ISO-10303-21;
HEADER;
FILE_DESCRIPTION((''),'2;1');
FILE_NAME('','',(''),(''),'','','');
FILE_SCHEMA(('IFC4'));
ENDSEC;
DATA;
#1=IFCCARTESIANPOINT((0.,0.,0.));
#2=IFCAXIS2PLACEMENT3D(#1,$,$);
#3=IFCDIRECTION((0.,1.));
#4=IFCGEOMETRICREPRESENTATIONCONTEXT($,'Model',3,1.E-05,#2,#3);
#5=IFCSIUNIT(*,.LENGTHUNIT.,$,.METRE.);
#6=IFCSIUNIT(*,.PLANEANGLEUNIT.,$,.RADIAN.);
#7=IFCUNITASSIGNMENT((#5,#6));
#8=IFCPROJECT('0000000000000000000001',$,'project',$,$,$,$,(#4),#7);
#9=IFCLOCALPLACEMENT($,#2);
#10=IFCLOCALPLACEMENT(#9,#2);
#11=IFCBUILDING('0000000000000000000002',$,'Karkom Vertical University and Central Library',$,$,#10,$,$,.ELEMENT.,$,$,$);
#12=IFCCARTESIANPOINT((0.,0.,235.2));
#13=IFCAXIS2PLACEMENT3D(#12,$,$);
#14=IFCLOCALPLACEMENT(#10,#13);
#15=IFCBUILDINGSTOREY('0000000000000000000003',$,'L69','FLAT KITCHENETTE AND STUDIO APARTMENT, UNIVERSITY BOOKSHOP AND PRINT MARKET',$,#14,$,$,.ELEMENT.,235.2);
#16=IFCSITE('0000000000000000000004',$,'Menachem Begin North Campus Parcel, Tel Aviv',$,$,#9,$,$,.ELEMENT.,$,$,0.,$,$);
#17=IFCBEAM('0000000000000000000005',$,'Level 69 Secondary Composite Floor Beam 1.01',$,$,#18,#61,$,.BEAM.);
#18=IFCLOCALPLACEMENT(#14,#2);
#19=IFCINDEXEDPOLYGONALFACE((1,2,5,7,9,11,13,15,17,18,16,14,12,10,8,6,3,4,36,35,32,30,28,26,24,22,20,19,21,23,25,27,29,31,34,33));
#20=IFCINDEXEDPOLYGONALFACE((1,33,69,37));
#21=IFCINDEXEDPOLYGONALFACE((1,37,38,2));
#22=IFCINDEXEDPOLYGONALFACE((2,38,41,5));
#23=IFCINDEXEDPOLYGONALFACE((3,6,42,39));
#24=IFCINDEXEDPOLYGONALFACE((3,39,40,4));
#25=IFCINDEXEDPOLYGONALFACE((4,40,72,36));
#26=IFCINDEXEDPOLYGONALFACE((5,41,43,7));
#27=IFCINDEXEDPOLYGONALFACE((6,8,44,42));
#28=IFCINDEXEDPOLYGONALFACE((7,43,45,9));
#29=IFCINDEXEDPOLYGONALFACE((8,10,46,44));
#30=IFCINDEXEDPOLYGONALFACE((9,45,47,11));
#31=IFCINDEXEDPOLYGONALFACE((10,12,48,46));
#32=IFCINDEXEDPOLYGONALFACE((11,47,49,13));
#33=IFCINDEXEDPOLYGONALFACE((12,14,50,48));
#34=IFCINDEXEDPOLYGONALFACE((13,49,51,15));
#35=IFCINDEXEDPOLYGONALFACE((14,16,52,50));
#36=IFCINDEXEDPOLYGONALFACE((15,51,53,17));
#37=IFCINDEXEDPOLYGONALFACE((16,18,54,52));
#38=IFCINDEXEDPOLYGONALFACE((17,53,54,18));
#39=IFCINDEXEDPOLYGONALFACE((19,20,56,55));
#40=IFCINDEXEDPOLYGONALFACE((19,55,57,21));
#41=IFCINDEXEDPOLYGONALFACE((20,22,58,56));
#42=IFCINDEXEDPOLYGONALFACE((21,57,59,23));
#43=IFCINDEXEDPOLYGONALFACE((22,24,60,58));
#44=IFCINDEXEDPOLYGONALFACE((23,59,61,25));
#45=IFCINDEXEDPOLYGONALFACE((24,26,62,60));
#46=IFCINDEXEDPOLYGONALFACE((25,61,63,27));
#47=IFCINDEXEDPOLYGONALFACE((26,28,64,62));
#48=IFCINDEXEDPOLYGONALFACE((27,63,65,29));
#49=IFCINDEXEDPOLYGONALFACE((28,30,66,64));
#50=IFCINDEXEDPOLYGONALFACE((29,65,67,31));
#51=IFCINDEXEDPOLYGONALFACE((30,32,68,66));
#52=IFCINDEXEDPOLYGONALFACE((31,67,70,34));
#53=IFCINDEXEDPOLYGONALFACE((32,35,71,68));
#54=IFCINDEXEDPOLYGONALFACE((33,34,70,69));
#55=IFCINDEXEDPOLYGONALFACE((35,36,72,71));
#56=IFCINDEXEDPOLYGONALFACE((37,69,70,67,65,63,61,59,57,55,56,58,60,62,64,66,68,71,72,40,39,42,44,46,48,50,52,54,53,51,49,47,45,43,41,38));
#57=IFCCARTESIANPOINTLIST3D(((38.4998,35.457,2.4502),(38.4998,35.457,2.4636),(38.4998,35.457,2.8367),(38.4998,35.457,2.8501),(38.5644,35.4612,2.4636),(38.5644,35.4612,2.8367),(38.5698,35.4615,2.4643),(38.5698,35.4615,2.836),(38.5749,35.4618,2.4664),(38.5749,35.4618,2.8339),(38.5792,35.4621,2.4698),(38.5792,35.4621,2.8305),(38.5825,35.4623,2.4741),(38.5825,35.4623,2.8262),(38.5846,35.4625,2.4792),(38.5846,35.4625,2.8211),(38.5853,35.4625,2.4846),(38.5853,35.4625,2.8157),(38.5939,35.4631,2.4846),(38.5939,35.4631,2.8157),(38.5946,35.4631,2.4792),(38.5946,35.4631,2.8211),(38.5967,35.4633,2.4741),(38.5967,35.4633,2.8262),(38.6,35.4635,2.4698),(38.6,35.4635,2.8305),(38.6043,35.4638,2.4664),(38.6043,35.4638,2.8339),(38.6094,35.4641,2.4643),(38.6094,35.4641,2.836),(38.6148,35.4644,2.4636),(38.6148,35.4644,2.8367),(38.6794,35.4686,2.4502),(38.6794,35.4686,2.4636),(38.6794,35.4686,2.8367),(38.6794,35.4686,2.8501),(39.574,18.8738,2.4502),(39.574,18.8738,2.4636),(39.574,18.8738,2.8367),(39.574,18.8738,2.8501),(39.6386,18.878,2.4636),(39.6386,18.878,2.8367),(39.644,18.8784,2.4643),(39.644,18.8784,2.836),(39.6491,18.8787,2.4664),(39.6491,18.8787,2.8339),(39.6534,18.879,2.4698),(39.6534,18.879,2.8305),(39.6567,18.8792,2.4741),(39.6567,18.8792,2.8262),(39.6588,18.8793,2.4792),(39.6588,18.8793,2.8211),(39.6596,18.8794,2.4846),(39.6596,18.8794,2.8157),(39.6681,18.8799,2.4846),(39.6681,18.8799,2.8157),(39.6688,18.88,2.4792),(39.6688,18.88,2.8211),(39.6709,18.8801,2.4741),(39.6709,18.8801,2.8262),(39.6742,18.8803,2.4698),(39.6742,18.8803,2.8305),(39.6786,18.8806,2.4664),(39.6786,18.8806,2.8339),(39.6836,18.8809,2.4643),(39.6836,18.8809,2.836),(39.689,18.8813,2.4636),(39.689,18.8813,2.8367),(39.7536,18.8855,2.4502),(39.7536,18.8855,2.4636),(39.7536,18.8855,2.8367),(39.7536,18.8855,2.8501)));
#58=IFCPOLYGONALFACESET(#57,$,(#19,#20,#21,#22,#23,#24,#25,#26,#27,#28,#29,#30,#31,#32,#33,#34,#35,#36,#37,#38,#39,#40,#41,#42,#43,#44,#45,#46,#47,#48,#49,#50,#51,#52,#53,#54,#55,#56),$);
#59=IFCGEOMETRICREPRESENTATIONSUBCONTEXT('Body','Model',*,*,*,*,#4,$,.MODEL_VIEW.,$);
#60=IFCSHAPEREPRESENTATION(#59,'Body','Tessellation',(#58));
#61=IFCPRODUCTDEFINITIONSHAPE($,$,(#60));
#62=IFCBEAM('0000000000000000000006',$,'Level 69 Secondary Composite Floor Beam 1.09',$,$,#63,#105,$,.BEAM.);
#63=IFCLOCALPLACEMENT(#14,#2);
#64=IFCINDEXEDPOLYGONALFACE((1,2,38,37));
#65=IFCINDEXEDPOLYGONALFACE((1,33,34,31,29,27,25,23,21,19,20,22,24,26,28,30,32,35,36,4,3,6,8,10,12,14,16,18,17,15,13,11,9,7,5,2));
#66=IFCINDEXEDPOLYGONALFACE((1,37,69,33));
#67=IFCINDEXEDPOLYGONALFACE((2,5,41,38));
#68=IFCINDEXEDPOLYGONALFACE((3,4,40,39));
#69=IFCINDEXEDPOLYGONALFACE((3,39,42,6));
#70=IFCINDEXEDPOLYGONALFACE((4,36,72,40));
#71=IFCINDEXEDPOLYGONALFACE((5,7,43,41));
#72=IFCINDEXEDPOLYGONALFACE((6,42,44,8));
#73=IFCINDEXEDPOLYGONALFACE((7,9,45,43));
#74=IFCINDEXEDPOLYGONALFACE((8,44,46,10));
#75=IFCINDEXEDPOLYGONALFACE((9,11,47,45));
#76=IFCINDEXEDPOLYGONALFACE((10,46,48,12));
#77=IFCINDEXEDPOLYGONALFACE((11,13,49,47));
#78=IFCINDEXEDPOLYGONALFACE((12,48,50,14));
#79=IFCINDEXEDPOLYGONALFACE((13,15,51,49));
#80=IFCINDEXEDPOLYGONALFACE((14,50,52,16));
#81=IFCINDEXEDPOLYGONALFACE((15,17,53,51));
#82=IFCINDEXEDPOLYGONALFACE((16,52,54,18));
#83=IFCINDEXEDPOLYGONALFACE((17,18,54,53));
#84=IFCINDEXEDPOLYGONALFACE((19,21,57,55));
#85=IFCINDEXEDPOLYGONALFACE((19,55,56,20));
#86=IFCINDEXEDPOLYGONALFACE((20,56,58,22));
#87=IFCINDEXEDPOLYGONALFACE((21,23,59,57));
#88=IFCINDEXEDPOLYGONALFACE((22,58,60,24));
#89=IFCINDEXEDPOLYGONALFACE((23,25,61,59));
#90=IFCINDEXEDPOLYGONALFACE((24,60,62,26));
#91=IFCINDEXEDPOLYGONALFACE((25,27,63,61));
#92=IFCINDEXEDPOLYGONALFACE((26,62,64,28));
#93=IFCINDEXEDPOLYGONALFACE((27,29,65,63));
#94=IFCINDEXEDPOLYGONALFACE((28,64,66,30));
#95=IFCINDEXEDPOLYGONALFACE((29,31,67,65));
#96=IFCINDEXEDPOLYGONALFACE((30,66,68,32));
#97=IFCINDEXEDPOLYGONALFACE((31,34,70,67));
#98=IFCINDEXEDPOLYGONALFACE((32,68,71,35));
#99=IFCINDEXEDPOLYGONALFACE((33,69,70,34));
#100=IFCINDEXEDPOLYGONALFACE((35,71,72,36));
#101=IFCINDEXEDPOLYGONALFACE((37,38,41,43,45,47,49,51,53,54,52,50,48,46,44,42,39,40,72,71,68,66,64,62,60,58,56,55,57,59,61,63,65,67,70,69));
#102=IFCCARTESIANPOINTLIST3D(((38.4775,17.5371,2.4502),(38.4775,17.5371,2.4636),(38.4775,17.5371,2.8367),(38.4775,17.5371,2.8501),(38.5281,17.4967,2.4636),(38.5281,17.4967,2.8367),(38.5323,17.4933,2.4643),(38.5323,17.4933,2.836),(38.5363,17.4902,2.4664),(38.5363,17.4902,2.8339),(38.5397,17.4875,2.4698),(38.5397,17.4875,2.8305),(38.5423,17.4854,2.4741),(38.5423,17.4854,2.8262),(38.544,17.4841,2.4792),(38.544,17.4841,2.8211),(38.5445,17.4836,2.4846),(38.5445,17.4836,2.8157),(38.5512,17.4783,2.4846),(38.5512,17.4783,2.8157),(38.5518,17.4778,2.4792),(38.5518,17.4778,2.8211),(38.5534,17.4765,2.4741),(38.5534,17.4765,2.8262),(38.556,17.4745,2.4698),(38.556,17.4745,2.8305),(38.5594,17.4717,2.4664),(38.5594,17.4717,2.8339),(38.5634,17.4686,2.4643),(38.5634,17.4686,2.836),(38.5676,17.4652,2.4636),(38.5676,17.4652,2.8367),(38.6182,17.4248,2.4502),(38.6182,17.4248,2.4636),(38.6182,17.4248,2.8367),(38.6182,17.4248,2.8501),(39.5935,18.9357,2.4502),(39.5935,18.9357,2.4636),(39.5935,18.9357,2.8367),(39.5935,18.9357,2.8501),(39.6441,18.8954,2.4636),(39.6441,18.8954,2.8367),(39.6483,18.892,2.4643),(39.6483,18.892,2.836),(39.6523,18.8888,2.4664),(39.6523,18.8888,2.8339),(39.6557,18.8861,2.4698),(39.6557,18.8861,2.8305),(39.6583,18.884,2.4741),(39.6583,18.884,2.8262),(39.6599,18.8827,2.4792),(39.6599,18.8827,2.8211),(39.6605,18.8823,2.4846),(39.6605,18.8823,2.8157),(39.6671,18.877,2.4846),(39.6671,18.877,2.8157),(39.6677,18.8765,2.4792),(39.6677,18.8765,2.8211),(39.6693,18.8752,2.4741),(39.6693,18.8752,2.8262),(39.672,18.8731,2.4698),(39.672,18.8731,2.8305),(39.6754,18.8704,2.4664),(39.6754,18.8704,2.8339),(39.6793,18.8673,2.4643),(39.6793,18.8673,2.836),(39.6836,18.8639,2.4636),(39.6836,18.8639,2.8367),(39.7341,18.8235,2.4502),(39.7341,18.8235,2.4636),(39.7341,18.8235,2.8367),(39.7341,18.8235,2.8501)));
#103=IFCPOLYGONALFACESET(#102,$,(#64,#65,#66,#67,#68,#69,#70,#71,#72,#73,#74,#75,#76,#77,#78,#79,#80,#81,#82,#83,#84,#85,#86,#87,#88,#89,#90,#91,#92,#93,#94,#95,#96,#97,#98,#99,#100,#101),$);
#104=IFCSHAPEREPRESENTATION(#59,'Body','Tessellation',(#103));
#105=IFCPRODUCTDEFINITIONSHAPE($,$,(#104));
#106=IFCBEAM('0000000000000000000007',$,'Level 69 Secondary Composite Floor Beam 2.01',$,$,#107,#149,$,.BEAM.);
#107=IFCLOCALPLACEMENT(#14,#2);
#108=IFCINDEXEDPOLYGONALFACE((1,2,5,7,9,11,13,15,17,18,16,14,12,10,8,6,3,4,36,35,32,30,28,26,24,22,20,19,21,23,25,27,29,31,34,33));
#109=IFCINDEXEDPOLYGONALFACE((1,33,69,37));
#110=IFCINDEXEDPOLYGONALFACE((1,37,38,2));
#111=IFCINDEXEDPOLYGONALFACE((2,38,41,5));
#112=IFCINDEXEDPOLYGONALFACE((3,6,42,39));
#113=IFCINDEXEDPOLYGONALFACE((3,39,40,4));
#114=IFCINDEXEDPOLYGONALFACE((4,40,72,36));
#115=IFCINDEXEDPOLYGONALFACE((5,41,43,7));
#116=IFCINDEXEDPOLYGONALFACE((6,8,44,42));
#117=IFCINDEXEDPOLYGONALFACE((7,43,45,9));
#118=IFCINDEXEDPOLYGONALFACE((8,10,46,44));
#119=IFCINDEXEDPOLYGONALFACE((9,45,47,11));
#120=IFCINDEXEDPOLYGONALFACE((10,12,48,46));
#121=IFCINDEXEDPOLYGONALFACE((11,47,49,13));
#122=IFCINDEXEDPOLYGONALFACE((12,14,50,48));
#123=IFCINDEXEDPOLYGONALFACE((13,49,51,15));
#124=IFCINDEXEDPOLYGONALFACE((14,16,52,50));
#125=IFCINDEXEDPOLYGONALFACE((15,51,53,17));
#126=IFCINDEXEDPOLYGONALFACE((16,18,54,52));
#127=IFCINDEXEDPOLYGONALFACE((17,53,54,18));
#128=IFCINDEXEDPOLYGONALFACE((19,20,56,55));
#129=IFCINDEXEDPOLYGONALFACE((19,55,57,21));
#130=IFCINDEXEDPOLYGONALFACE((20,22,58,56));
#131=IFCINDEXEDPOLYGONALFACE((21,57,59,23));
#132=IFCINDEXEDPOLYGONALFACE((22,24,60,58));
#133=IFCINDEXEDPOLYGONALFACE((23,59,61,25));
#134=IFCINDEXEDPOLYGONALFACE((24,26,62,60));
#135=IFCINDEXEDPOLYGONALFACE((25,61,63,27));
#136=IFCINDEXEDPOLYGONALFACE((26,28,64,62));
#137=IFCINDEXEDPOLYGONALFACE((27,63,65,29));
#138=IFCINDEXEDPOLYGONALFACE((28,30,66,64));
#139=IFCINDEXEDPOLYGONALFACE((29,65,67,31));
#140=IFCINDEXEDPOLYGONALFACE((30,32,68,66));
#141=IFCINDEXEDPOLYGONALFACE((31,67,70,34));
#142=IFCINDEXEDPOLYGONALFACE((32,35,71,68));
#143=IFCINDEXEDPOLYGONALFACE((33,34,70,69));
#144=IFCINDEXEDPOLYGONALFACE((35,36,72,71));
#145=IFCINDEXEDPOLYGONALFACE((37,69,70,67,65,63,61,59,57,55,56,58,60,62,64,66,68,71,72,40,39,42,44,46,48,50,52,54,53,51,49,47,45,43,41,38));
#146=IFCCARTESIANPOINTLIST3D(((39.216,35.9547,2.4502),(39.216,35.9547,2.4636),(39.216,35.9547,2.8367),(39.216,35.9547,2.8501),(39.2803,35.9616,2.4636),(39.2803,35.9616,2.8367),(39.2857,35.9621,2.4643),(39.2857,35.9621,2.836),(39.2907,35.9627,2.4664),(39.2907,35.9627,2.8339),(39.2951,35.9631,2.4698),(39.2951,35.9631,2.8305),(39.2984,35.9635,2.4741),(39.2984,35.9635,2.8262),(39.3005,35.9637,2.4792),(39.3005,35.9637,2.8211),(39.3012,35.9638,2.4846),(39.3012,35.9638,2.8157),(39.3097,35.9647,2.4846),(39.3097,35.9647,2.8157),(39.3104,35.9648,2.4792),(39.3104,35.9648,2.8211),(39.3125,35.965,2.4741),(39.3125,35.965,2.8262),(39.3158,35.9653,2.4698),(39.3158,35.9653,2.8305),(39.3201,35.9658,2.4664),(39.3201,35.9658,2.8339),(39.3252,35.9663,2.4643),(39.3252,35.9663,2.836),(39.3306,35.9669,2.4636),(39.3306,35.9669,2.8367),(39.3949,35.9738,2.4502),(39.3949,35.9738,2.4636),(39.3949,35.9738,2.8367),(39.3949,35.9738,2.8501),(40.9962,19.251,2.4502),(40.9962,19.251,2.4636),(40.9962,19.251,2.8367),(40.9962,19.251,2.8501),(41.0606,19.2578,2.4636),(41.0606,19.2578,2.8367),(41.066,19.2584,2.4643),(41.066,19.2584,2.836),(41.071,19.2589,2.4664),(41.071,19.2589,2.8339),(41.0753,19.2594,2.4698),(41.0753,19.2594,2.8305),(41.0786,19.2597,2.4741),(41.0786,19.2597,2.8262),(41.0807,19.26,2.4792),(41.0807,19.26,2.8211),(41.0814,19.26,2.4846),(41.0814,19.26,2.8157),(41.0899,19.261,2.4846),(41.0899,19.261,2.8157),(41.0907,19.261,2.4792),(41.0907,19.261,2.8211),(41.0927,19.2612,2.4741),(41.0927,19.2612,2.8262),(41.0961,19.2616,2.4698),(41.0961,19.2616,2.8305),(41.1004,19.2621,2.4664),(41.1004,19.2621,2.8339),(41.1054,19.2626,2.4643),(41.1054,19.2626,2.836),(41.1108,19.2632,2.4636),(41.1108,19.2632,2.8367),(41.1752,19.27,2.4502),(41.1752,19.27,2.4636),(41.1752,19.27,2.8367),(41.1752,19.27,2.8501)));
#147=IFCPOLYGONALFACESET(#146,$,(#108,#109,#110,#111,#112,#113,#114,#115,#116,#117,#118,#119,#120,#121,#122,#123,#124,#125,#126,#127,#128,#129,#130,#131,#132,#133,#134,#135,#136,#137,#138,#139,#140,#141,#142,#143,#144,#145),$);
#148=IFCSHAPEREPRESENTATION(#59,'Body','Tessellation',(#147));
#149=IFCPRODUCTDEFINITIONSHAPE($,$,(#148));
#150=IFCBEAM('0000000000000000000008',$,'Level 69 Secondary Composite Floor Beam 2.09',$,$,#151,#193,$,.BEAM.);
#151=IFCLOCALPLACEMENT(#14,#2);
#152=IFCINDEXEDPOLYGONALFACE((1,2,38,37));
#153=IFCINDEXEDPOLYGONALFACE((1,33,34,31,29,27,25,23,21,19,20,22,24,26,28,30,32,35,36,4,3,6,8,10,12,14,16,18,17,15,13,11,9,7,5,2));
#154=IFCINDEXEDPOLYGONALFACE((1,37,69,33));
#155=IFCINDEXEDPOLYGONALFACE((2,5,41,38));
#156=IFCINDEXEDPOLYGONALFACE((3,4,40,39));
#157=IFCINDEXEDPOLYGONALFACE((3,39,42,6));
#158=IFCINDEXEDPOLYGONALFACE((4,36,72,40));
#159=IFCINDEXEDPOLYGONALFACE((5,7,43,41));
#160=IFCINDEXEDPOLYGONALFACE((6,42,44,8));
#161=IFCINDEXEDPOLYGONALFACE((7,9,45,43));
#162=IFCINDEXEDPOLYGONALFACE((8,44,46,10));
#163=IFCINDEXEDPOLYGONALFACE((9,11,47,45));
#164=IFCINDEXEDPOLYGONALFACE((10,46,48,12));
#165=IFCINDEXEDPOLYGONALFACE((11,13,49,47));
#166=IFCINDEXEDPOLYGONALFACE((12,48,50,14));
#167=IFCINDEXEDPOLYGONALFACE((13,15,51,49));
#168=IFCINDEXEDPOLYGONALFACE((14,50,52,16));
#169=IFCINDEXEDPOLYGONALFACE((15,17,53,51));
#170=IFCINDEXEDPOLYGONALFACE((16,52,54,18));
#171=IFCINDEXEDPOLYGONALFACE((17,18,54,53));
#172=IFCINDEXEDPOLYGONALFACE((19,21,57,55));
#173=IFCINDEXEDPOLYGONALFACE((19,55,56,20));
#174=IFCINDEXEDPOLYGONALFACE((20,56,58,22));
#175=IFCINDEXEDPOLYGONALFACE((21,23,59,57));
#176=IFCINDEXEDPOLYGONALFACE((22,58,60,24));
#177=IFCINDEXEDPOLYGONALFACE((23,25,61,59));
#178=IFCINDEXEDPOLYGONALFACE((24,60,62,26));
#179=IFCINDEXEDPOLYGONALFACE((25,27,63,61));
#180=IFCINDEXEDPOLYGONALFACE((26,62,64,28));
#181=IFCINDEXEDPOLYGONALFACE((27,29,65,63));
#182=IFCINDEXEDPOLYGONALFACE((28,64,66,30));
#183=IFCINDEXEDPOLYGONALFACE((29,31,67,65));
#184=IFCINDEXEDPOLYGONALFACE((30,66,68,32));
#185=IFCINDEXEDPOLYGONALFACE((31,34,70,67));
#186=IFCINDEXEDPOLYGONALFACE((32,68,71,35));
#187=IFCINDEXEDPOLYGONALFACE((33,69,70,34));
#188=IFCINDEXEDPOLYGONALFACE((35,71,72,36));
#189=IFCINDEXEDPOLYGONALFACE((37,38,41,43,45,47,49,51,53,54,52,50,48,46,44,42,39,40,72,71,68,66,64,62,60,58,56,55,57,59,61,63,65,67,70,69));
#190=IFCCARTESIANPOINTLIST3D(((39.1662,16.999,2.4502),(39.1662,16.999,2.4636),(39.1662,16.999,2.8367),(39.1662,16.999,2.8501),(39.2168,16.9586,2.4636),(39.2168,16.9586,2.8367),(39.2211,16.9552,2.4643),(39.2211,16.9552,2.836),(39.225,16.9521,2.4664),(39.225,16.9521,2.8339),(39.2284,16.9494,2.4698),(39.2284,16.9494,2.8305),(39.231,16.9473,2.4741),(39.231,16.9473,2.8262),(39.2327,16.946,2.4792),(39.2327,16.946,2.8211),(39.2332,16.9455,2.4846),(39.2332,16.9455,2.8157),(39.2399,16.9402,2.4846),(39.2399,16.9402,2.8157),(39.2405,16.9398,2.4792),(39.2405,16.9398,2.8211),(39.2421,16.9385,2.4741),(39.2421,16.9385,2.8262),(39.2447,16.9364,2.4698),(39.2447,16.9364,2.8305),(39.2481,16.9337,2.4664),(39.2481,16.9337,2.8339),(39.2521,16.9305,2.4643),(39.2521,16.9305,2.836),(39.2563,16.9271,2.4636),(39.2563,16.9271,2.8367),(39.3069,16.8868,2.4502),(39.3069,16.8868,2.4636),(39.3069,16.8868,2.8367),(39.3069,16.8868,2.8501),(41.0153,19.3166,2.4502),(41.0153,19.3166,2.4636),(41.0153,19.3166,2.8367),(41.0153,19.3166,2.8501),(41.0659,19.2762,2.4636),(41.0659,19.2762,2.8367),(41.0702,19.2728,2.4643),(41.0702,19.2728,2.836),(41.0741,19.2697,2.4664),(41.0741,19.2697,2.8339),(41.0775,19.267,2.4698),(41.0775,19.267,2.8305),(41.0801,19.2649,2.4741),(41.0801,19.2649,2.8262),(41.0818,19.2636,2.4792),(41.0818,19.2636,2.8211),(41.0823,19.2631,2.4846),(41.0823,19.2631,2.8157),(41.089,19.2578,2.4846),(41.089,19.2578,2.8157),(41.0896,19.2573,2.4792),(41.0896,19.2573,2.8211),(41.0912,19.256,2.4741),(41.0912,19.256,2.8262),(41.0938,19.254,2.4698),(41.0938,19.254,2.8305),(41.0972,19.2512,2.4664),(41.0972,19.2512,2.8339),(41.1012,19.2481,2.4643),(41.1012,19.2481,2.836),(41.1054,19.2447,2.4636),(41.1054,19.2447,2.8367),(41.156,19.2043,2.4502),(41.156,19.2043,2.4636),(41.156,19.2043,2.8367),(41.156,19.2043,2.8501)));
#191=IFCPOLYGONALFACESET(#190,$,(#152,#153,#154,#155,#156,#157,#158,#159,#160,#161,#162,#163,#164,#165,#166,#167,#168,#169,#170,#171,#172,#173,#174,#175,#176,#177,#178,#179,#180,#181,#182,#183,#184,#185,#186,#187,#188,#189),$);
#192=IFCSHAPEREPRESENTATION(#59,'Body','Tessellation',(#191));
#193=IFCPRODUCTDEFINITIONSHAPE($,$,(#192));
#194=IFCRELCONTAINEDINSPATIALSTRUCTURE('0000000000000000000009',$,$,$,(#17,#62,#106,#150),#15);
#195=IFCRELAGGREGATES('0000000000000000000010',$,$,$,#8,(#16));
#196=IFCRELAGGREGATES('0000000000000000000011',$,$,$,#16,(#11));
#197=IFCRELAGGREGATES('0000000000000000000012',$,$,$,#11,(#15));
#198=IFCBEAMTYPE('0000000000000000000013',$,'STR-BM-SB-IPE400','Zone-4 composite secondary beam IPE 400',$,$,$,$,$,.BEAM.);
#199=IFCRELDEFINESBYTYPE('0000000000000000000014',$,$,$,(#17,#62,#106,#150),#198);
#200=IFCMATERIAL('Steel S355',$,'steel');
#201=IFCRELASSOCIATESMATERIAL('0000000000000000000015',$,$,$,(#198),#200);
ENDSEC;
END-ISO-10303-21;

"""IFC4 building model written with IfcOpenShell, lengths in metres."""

from ifc_helpers import new_model, si_unit, direction, frame, origin, origin_with_axes, origin_2d, place, context, subcontext, project, spatial, i_section, extrude, source, transform, mapped, material, material_profile, profile_set, type_object, element, save


model = new_model("IFC4")

# Units and contexts
model_context = context("Model", 3, precision=1e-05, world=origin(), true_north=direction((0.0, 1.0)))
body_context = subcontext(model_context, "Body", "Model", "MODEL_VIEW")
ifc_project = project(units=[si_unit("LENGTHUNIT", "METRE"), si_unit("PLANEANGLEUNIT", "RADIAN")], contexts=[model_context])

# Site, building, storey
site_placement = place(None, origin())
site = spatial("IfcSite", under=ifc_project, at=site_placement, Name="Menachem Begin North Campus Parcel, Tel Aviv", CompositionType="ELEMENT", RefElevation=0.0)
building_placement = place(site_placement, origin())
building = spatial("IfcBuilding", under=site, at=building_placement, Name="Karkom Vertical University and Central Library", CompositionType="ELEMENT")
storey_placement = place(building_placement, frame((0.0, 0.0, 235.2)))
storey = spatial("IfcBuildingStorey", under=building, at=storey_placement, Name="L69", Description="FLAT KITCHENETTE AND STUDIO APARTMENT, UNIVERSITY BOOKSHOP AND PRINT MARKET", CompositionType="ELEMENT", Elevation=235.2)

# Beams
ifc_material_1 = material(Name="Steel S355", Category="steel")
ifc_material_profile_1 = material_profile(ifc_material_1, i_section(OverallWidth=0.1799, OverallDepth=0.3999, WebThickness=0.0085, FlangeThickness=0.0134, FilletRadius=0.021, at=origin_2d()), Name="IPE 400")
ifc_profile_set_1 = profile_set([ifc_material_profile_1], Name="Steel S355")
beam_type_1 = type_object("IfcBeamType", Name="STR-BM-SB-IPE400", Description="Zone-4 composite secondary beam IPE 400", PredefinedType="BEAM", material=ifc_profile_set_1)
shared_shape_1 = source(origin_with_axes(), body_context, "Body", "SweptSolid", [
    extrude(i_section(OverallWidth=0.1799, OverallDepth=0.3999, WebThickness=0.0085, FlangeThickness=0.0134, FilletRadius=0.021, at=origin_2d()), origin(), (0.0, 0.0, 1.0), 16.6179),
])
beam_1_placement = place(storey_placement, frame((39.6638, 18.8796, 2.6501), z_axis=(-0.064642, 0.997909, 0.0), x_axis=(-0.997909, -0.064642, 0.0)))
element("IfcBeam", 1, at=beam_1_placement, inside=storey, type_object=beam_type_1, Name="Level 69 Secondary Composite Floor Beam 1.01", PredefinedType="BEAM", context=body_context, shape_type="MappedRepresentation", body=[
    mapped(shared_shape_1, transform((0.0, 0.0, 0.0), scale=1.0)),
])
shared_shape_2 = source(origin_with_axes(), body_context, "Body", "SweptSolid", [
    extrude(i_section(OverallWidth=0.1799, OverallDepth=0.3999, WebThickness=0.0085, FlangeThickness=0.0134, FilletRadius=0.021, at=origin_2d()), origin(), (0.0, 0.0, 1.0), 1.7893),
])
beam_2_placement = place(storey_placement, frame((38.5479, 17.481, 2.6501), z_axis=(0.62368, 0.78168, 0.0), x_axis=(-0.78168, 0.62368, 0.0)))
element("IfcBeam", 2, at=beam_2_placement, inside=storey, type_object=beam_type_1, Name="Level 69 Secondary Composite Floor Beam 1.09", PredefinedType="BEAM", context=body_context, shape_type="MappedRepresentation", body=[
    mapped(shared_shape_2, transform((0.0, 0.0, 0.0), scale=1.0)),
])
shared_shape_3 = source(origin_with_axes(), body_context, "Body", "SweptSolid", [
    extrude(i_section(OverallWidth=0.1799, OverallDepth=0.3999, WebThickness=0.0085, FlangeThickness=0.0134, FilletRadius=0.021, at=origin_2d()), origin(), (0.0, 0.0, 1.0), 16.7983),
])
beam_3_placement = place(storey_placement, frame((41.0857, 19.2605, 2.6501), z_axis=(-0.105978, 0.994368, 0.0), x_axis=(-0.994368, -0.105978, 0.0)))
element("IfcBeam", 3, at=beam_3_placement, inside=storey, type_object=beam_type_1, Name="Level 69 Secondary Composite Floor Beam 2.01", PredefinedType="BEAM", context=body_context, shape_type="MappedRepresentation", body=[
    mapped(shared_shape_3, transform((0.0, 0.0, 0.0), scale=1.0)),
])
shared_shape_4 = source(origin_with_axes(), body_context, "Body", "SweptSolid", [
    extrude(i_section(OverallWidth=0.1799, OverallDepth=0.3999, WebThickness=0.0085, FlangeThickness=0.0134, FilletRadius=0.021, at=origin_2d()), origin(), (0.0, 0.0, 1.0), 2.9648),
])
beam_4_placement = place(storey_placement, frame((39.2366, 16.9429, 2.6501), z_axis=(0.62367, 0.781688, 0.0), x_axis=(-0.781688, 0.62367, 0.0)))
element("IfcBeam", 4, at=beam_4_placement, inside=storey, type_object=beam_type_1, Name="Level 69 Secondary Composite Floor Beam 2.09", PredefinedType="BEAM", context=body_context, shape_type="MappedRepresentation", body=[
    mapped(shared_shape_4, transform((0.0, 0.0, 0.0), scale=1.0)),
])

save(model, "model.ifc")
